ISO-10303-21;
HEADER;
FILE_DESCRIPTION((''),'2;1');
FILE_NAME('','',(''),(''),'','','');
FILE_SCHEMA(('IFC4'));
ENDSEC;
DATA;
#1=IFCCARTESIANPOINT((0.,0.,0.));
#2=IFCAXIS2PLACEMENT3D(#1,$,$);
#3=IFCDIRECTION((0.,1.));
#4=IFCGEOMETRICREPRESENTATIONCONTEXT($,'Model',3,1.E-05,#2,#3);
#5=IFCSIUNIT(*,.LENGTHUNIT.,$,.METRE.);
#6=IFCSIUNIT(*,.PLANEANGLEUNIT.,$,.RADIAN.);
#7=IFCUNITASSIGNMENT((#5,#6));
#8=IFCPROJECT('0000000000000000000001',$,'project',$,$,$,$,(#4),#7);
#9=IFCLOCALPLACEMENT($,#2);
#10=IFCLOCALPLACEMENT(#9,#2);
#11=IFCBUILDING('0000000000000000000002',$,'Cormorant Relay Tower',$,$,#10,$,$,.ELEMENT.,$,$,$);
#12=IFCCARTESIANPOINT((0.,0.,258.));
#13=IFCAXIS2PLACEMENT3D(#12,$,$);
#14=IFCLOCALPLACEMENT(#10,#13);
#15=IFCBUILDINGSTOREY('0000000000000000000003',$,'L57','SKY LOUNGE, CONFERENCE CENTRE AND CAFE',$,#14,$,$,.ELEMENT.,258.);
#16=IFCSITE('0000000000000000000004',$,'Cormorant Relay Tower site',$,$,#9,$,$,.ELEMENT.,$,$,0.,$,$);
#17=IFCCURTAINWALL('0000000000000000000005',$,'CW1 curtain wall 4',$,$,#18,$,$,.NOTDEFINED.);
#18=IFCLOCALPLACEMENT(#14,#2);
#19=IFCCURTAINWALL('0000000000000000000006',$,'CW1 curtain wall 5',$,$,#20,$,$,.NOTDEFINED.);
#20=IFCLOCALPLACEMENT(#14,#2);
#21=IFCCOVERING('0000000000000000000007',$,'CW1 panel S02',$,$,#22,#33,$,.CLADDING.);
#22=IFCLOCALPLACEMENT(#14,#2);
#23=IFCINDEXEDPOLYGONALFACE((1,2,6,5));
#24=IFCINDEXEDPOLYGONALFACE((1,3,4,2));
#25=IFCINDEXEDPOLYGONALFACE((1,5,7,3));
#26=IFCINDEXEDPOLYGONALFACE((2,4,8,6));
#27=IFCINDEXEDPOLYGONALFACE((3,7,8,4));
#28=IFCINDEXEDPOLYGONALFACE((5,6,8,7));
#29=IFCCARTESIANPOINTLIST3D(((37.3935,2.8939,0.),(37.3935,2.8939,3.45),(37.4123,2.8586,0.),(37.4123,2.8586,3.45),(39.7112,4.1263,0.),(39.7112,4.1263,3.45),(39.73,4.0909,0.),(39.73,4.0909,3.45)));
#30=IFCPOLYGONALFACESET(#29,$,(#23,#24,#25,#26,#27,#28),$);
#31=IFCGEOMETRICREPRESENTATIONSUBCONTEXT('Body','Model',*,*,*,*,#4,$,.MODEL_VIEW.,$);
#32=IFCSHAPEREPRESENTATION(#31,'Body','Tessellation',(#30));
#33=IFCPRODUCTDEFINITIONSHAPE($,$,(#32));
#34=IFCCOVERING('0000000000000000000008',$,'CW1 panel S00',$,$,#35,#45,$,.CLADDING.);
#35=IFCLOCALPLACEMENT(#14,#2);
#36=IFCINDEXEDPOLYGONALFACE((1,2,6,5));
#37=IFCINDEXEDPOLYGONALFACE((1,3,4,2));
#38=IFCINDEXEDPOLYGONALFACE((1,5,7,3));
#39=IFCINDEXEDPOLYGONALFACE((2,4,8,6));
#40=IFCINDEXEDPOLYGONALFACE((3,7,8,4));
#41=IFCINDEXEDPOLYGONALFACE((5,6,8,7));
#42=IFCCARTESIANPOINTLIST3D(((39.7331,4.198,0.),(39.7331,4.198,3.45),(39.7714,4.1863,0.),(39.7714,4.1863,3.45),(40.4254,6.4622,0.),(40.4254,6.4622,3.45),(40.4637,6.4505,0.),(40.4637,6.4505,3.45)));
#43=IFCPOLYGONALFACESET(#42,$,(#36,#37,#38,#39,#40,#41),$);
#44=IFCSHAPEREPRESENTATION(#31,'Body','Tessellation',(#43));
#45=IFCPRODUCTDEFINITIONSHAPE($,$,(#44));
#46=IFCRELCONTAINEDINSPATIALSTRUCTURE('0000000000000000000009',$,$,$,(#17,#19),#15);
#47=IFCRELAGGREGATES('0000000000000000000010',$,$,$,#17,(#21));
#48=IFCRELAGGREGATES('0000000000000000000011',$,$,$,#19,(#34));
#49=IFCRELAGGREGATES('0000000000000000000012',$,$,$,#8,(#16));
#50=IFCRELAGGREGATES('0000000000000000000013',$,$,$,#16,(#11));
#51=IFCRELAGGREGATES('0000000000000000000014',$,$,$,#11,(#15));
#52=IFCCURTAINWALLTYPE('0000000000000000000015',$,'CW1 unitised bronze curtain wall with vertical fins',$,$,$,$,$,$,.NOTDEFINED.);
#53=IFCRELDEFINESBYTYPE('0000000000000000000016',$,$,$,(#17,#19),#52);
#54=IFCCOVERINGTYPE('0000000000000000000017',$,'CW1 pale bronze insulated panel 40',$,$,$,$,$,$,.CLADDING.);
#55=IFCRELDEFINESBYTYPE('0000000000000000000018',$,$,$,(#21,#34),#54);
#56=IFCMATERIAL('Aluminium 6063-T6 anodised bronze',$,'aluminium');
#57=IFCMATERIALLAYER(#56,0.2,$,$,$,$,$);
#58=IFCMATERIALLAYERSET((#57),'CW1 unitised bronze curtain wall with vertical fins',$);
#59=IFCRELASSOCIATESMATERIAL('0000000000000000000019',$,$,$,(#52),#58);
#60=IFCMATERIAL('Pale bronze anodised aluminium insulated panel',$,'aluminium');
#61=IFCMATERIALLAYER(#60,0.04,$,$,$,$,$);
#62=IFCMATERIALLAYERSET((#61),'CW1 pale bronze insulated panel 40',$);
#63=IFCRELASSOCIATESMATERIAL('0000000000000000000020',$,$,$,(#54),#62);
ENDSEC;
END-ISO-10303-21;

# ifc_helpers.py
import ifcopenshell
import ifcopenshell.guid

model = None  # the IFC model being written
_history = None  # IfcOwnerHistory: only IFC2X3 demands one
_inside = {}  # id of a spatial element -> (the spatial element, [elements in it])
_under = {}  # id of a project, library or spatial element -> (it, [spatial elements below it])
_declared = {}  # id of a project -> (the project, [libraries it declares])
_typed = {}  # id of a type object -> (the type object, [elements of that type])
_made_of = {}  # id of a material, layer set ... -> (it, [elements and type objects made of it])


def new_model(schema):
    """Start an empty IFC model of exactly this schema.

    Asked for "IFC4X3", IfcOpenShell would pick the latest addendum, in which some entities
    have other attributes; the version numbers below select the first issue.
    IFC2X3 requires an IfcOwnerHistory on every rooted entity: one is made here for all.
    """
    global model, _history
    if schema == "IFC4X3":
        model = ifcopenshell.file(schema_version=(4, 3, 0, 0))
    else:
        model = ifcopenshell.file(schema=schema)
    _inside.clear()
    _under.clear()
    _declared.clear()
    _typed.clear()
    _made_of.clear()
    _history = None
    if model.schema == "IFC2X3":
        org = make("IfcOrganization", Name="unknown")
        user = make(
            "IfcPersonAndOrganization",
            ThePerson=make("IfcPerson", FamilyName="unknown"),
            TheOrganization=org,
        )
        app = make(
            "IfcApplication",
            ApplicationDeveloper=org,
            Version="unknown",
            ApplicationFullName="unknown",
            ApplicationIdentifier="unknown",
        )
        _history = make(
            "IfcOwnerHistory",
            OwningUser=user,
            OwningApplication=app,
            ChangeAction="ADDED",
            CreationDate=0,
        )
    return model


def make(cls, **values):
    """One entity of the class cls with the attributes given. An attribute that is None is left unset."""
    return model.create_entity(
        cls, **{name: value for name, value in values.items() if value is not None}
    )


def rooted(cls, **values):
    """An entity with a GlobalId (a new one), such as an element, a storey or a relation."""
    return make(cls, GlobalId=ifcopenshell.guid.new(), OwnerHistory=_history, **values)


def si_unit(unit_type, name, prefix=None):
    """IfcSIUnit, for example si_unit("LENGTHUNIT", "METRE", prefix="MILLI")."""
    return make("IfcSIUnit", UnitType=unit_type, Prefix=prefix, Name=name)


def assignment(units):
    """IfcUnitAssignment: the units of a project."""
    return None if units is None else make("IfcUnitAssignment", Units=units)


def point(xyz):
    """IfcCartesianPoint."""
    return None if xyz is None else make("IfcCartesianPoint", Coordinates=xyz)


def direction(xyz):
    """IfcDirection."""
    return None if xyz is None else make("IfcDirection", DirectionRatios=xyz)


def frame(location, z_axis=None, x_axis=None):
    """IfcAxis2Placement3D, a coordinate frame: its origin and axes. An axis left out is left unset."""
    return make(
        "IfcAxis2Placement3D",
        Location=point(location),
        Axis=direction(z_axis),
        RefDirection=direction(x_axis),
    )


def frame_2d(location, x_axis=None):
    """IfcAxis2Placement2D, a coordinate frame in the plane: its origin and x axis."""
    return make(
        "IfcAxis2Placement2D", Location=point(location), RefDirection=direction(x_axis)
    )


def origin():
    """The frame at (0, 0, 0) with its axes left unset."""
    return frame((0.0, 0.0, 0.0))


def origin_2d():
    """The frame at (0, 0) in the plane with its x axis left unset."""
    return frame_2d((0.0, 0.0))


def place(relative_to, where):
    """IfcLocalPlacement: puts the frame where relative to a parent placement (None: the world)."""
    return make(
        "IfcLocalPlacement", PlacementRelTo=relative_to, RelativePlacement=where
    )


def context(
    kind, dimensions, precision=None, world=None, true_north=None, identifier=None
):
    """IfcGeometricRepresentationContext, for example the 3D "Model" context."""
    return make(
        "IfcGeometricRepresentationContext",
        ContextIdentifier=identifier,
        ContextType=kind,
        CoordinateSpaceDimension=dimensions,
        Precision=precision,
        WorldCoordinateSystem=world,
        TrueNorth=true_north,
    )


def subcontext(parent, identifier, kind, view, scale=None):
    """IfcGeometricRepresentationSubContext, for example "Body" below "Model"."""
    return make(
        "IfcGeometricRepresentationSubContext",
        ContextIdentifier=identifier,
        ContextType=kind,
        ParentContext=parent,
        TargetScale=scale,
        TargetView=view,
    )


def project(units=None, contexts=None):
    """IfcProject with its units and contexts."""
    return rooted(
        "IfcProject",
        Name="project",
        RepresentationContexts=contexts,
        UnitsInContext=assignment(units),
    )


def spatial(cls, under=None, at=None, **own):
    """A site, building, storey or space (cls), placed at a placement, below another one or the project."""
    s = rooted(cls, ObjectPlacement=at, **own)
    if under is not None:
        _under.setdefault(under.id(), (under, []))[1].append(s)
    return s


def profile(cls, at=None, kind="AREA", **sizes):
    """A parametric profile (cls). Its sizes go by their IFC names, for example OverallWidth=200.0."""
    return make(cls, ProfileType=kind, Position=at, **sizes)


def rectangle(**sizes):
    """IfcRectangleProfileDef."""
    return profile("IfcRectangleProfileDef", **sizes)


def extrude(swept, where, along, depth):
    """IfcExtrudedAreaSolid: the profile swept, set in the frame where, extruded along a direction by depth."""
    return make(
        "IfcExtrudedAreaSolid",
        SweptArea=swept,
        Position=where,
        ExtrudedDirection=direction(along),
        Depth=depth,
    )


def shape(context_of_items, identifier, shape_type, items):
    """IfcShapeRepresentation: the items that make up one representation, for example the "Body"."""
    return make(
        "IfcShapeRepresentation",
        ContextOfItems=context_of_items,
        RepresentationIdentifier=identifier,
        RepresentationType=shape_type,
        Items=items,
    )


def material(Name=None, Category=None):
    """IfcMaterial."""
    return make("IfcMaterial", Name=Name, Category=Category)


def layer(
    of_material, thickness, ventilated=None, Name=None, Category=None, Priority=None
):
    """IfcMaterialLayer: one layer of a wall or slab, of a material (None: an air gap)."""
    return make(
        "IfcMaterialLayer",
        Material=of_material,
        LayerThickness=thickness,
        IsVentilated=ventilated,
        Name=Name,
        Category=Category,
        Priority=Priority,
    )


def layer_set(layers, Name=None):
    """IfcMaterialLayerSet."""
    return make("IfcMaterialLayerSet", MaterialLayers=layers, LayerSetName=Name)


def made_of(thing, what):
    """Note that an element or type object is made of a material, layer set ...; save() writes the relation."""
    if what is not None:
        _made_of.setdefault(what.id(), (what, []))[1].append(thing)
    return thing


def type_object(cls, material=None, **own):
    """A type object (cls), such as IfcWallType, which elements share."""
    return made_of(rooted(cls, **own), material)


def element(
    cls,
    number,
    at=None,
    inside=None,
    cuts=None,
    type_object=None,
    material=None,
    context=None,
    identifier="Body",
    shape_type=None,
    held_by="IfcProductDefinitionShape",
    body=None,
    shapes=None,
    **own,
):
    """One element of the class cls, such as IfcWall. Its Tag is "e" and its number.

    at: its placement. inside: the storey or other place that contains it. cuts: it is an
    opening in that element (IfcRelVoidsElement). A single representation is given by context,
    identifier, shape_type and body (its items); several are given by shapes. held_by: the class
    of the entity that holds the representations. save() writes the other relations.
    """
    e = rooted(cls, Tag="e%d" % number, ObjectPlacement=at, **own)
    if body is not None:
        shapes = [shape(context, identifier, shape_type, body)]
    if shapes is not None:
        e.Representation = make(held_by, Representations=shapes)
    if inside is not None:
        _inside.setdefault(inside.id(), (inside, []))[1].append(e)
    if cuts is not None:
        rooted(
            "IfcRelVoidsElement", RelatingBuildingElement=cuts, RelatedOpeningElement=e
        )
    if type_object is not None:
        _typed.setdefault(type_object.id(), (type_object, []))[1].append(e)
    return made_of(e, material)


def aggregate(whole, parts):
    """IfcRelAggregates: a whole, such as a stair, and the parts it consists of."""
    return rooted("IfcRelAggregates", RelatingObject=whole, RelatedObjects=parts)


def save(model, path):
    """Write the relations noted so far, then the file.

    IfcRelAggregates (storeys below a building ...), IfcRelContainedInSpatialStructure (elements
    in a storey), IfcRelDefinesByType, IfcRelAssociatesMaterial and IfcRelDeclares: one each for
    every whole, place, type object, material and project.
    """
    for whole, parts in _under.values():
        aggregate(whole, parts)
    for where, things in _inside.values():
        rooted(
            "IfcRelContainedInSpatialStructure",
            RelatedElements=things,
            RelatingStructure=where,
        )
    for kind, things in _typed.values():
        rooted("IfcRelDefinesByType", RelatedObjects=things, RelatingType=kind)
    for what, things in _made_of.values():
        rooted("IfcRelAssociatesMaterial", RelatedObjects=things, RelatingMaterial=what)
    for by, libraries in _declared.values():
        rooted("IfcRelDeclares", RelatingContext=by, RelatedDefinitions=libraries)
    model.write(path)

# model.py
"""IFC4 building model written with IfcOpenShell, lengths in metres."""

from ifc_helpers import new_model, si_unit, direction, frame, origin, origin_2d, place, context, subcontext, project, spatial, rectangle, extrude, material, layer, layer_set, type_object, element, aggregate, save


model = new_model("IFC4")

# Units and contexts
model_context = context("Model", 3, precision=1e-05, world=origin(), true_north=direction((0.0, 1.0)))
body_context = subcontext(model_context, "Body", "Model", "MODEL_VIEW")
ifc_project = project(units=[si_unit("LENGTHUNIT", "METRE"), si_unit("PLANEANGLEUNIT", "RADIAN")], contexts=[model_context])

# Site, building, storey
site_placement = place(None, origin())
site = spatial("IfcSite", under=ifc_project, at=site_placement, Name="Cormorant Relay Tower site", CompositionType="ELEMENT", RefElevation=0.0)
building_placement = place(site_placement, origin())
building = spatial("IfcBuilding", under=site, at=building_placement, Name="Cormorant Relay Tower", CompositionType="ELEMENT")
storey_placement = place(building_placement, frame((0.0, 0.0, 258.0)))
storey = spatial("IfcBuildingStorey", under=building, at=storey_placement, Name="L57", Description="SKY LOUNGE, CONFERENCE CENTRE AND CAFE", CompositionType="ELEMENT", Elevation=258.0)

# Shared definitions
ifc_material_1 = material(Name="Aluminium 6063-T6 anodised bronze", Category="aluminium")
ifc_layer_1 = layer(ifc_material_1, 0.2)
ifc_layer_set_1 = layer_set([ifc_layer_1], Name="CW1 unitised bronze curtain wall with vertical fins")
curtain_wall_type = type_object("IfcCurtainWallType", Name="CW1 unitised bronze curtain wall with vertical fins", PredefinedType="NOTDEFINED", material=ifc_layer_set_1)

# Curtain wall
curtain_wall_1_placement = place(storey_placement, origin())
curtain_wall_1 = element("IfcCurtainWall", 1, at=curtain_wall_1_placement, inside=storey, type_object=curtain_wall_type, Name="CW1 curtain wall 4", PredefinedType="NOTDEFINED")

# Curtain wall
curtain_wall_2_placement = place(storey_placement, origin())
curtain_wall_2 = element("IfcCurtainWall", 2, at=curtain_wall_2_placement, inside=storey, type_object=curtain_wall_type, Name="CW1 curtain wall 5", PredefinedType="NOTDEFINED")

# Coverings
ifc_material_2 = material(Name="Pale bronze anodised aluminium insulated panel", Category="aluminium")
ifc_layer_2 = layer(ifc_material_2, 0.04)
ifc_layer_set_2 = layer_set([ifc_layer_2], Name="CW1 pale bronze insulated panel 40")
covering_type = type_object("IfcCoveringType", Name="CW1 pale bronze insulated panel 40", PredefinedType="CLADDING", material=ifc_layer_set_2)
covering_1_placement = place(storey_placement, frame((38.5618, 3.4924, 0.0), z_axis=(0.0, 0.0, 1.0), x_axis=(0.882948, 0.469472, 0.0)))
covering_1 = element("IfcCovering", 3, at=covering_1_placement, type_object=covering_type, Name="CW1 panel S02", PredefinedType="CLADDING", context=body_context, shape_type="SweptSolid", body=[
    extrude(rectangle(XDim=2.625, YDim=0.04, at=origin_2d()), origin(), (0.0, 0.0, 1.0), 3.45),
])
aggregate(curtain_wall_1, [covering_1])
covering_2_placement = place(storey_placement, frame((40.0984, 5.3242, 0.0), z_axis=(0.0, 0.0, 1.0), x_axis=(0.292372, 0.956305, 0.0)))
covering_2 = element("IfcCovering", 4, at=covering_2_placement, type_object=covering_type, Name="CW1 panel S00", PredefinedType="CLADDING", context=body_context, shape_type="SweptSolid", body=[
    extrude(rectangle(XDim=2.3677, YDim=0.04, at=origin_2d()), origin(), (0.0, 0.0, 1.0), 3.45),
])
aggregate(curtain_wall_2, [covering_2])

save(model, "model.ifc")
